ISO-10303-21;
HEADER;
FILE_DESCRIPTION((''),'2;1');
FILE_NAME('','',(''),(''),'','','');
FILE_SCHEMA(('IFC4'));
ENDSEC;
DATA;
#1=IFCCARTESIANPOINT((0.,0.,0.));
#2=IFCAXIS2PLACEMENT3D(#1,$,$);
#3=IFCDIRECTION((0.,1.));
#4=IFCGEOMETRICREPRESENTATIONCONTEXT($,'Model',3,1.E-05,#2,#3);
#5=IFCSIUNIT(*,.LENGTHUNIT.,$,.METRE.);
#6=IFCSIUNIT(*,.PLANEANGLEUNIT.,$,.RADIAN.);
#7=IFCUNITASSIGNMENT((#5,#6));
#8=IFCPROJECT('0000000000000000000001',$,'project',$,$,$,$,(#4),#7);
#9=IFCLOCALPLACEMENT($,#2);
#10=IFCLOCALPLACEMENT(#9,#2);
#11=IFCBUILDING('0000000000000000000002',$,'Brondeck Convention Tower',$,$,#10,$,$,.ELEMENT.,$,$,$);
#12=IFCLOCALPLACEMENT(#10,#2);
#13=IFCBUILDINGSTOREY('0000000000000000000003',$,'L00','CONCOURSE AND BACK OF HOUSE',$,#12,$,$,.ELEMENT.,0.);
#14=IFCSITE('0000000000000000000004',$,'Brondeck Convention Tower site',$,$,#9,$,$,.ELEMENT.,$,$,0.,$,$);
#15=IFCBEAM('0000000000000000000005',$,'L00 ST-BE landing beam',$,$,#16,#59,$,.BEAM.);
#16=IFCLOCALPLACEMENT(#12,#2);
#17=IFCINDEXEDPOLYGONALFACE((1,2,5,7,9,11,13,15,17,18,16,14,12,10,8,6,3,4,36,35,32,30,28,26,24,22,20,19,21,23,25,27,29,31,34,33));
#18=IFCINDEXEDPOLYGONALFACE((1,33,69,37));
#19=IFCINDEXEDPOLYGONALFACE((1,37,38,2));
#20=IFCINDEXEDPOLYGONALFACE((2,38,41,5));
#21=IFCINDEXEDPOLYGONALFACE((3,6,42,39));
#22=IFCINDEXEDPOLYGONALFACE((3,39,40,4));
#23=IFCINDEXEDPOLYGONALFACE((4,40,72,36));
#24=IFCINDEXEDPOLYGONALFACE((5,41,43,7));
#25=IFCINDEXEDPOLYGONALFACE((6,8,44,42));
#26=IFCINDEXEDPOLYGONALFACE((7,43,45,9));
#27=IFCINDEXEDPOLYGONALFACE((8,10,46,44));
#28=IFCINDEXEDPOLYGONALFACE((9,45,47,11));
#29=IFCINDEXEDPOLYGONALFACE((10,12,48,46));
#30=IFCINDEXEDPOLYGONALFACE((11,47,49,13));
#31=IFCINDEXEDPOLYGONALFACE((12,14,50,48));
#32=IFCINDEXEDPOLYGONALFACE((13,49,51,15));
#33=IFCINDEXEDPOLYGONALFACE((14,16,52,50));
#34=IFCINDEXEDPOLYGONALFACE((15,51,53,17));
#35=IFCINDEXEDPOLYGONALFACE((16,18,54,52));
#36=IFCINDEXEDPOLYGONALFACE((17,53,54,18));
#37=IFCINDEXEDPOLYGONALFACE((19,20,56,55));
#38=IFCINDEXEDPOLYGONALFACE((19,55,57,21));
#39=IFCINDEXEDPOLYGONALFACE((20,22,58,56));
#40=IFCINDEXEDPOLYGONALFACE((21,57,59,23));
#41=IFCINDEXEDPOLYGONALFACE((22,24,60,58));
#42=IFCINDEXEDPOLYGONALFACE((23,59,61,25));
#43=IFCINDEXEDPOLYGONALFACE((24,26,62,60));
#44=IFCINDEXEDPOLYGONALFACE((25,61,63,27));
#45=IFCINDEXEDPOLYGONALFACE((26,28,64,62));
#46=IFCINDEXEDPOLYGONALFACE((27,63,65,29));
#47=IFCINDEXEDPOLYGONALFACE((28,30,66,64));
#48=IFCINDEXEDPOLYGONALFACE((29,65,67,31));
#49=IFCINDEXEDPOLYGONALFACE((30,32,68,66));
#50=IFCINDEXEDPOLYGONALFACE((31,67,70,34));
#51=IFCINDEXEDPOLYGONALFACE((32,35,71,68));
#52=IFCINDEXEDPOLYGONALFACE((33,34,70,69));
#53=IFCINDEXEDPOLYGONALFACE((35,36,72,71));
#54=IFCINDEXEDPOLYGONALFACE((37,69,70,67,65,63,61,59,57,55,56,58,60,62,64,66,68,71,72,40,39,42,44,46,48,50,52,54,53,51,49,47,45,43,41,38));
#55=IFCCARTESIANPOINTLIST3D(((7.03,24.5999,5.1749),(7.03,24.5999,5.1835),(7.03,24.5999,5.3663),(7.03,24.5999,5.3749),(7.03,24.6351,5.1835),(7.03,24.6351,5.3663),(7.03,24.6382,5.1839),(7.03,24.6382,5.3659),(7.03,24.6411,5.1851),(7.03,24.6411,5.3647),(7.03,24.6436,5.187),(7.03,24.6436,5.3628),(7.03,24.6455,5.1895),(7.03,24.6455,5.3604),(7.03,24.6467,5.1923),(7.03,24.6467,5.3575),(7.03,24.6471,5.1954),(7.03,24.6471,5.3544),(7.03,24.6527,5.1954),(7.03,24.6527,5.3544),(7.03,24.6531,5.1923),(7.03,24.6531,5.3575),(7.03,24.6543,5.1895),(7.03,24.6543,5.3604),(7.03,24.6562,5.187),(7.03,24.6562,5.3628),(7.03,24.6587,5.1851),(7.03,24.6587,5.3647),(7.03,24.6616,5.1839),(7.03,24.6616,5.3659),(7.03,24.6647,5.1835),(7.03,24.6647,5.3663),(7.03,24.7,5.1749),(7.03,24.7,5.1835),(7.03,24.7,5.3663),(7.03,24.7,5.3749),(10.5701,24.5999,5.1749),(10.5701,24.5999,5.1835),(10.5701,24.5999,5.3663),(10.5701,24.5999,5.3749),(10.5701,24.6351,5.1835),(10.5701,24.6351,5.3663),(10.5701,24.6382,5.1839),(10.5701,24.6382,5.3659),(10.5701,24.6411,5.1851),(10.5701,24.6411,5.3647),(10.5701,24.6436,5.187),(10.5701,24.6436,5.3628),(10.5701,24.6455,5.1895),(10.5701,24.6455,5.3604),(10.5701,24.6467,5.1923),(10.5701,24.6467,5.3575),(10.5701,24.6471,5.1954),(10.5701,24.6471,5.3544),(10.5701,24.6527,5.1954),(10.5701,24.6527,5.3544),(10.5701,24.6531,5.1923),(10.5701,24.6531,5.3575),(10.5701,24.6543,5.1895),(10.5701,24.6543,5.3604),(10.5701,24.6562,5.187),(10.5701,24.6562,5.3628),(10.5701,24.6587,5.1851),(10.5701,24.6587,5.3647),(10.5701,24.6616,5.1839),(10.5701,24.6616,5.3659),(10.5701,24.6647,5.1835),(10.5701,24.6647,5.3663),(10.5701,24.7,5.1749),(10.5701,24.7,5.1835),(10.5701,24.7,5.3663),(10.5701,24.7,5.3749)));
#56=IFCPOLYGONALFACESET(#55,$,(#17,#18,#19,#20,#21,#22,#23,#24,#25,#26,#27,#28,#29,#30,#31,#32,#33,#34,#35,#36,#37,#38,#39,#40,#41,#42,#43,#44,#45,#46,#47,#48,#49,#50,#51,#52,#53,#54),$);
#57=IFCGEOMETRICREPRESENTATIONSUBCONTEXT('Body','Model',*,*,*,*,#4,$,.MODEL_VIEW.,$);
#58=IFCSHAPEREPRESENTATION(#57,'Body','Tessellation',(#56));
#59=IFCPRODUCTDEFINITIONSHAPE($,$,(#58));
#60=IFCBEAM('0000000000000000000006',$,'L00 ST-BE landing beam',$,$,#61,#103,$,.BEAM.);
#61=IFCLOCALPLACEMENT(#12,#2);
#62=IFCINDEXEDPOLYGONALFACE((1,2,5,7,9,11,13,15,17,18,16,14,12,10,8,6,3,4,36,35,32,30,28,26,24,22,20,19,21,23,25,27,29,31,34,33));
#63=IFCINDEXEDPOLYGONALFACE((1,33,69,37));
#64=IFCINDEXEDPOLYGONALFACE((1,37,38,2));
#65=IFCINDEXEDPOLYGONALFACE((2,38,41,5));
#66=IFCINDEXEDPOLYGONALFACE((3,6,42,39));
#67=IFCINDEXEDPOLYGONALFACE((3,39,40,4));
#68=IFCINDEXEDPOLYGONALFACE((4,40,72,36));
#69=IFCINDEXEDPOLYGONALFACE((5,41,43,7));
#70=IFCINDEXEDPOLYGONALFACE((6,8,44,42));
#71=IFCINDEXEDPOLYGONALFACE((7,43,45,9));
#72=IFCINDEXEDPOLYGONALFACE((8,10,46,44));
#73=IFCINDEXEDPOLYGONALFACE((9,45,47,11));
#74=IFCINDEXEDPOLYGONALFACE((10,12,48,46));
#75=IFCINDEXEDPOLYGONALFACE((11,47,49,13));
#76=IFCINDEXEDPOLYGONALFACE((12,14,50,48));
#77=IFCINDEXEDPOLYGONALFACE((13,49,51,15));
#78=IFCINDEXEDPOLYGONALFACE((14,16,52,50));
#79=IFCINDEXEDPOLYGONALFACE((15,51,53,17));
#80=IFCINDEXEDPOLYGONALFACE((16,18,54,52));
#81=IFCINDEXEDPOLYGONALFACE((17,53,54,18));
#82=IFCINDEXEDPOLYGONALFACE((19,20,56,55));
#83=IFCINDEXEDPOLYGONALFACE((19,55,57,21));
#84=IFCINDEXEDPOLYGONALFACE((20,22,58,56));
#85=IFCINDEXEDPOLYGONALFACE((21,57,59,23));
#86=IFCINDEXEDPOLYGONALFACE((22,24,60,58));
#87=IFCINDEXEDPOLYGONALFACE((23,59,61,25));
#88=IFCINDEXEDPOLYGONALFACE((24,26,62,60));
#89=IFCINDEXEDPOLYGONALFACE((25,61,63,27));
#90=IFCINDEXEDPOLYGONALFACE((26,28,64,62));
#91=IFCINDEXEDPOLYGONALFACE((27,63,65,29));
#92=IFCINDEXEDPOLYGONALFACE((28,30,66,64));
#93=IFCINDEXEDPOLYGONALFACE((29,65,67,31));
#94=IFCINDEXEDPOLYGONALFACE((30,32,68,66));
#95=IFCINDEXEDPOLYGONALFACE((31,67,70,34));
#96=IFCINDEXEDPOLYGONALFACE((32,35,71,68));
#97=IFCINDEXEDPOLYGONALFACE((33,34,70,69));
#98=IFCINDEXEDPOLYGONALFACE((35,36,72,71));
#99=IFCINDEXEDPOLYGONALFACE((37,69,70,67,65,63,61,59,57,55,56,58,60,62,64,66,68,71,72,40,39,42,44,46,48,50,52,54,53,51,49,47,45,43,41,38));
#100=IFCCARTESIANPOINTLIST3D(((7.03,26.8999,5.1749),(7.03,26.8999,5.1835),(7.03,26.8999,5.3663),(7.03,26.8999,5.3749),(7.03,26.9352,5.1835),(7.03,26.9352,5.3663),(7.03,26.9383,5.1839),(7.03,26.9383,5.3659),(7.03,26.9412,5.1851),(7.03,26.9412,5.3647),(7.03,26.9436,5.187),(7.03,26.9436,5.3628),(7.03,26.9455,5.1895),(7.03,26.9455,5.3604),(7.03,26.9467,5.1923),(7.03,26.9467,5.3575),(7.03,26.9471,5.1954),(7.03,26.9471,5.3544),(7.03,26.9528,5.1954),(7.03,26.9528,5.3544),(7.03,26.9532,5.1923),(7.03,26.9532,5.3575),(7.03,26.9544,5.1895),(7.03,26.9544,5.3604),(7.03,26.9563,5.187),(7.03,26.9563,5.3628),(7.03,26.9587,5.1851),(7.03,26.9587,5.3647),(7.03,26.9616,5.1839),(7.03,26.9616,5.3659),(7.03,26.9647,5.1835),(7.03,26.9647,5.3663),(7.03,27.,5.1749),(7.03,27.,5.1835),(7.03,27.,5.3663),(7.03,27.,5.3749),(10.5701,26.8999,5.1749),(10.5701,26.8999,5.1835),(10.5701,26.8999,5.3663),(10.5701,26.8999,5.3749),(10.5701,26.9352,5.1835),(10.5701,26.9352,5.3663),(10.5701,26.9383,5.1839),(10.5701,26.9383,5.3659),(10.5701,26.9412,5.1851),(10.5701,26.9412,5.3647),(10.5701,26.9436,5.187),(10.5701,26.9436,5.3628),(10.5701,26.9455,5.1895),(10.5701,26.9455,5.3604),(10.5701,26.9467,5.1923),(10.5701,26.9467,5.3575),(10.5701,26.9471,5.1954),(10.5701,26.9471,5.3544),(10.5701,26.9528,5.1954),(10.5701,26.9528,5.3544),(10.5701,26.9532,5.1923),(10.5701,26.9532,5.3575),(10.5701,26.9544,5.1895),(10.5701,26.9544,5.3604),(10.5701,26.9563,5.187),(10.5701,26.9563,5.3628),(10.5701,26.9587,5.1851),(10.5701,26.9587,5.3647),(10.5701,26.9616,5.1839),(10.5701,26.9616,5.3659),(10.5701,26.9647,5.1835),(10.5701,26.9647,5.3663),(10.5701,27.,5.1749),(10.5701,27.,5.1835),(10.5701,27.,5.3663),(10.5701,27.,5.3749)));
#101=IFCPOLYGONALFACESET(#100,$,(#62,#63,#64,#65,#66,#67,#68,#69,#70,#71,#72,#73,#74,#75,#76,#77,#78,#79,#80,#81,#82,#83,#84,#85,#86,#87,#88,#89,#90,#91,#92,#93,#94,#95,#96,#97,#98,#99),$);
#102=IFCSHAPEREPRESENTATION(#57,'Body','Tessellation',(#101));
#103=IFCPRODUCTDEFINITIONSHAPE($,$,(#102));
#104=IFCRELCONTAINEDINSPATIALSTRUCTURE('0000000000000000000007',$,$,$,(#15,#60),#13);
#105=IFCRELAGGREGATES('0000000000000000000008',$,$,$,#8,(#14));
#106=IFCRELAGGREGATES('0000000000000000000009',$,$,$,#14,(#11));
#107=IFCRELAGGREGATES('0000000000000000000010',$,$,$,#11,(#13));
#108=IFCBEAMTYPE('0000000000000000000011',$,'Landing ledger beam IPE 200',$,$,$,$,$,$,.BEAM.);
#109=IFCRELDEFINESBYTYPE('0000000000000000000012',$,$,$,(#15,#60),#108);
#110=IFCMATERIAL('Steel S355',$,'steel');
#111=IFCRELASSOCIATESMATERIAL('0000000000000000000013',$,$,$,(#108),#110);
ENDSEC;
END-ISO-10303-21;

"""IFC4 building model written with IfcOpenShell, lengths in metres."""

from ifc_helpers import new_model, si_unit, direction, frame, origin, origin_2d, place, context, subcontext, project, spatial, i_section, extrude, material, material_profile, profile_set, type_object, element, save


model = new_model("IFC4")

# Units and contexts
model_context = context("Model", 3, precision=1e-05, world=origin(), true_north=direction((0.0, 1.0)))
body_context = subcontext(model_context, "Body", "Model", "MODEL_VIEW")
ifc_project = project(units=[si_unit("LENGTHUNIT", "METRE"), si_unit("PLANEANGLEUNIT", "RADIAN")], contexts=[model_context])

# Site, building, storey
site_placement = place(None, origin())
site = spatial("IfcSite", under=ifc_project, at=site_placement, Name="Brondeck Convention Tower site", CompositionType="ELEMENT", RefElevation=0.0)
building_placement = place(site_placement, origin())
building = spatial("IfcBuilding", under=site, at=building_placement, Name="Brondeck Convention Tower", CompositionType="ELEMENT")
storey_placement = place(building_placement, origin())
storey = spatial("IfcBuildingStorey", under=building, at=storey_placement, Name="L00", Description="CONCOURSE AND BACK OF HOUSE", CompositionType="ELEMENT", Elevation=0.0)

# Beams
ifc_material_1 = material(Name="Steel S355", Category="steel")
ifc_material_profile = material_profile(ifc_material_1, i_section(OverallWidth=0.1001, OverallDepth=0.2, WebThickness=0.0056, FlangeThickness=0.0085, FilletRadius=0.012, at=origin_2d()), Name="IPE200")
ifc_profile_set = profile_set([ifc_material_profile], Name="Steel S355")
beam_type = type_object("IfcBeamType", Name="Landing ledger beam IPE 200", PredefinedType="BEAM", material=ifc_profile_set)
for number, where, z_axis, x_axis, name in (
    (1, (10.5701, 24.6499, 5.2749), (-1.0, 0.0, 0.0), (0.0, -1.0, 0.0), "L00 ST-BE landing beam"),
    (2, (10.5701, 26.95, 5.2749), (-1.0, 0.0, 0.0), (0.0, -1.0, 0.0), "L00 ST-BE landing beam"),
):
    element("IfcBeam", number, at=place(storey_placement, frame(where, z_axis=z_axis, x_axis=x_axis)), inside=storey, type_object=beam_type, Name=name, PredefinedType="BEAM", context=body_context, shape_type="SweptSolid", body=[
        extrude(i_section(OverallWidth=0.1001, OverallDepth=0.2, WebThickness=0.0056, FlangeThickness=0.0085, FilletRadius=0.012, at=origin_2d()), origin(), (0.0, 0.0, 1.0), 3.54),
    ])

save(model, "model.ifc")
